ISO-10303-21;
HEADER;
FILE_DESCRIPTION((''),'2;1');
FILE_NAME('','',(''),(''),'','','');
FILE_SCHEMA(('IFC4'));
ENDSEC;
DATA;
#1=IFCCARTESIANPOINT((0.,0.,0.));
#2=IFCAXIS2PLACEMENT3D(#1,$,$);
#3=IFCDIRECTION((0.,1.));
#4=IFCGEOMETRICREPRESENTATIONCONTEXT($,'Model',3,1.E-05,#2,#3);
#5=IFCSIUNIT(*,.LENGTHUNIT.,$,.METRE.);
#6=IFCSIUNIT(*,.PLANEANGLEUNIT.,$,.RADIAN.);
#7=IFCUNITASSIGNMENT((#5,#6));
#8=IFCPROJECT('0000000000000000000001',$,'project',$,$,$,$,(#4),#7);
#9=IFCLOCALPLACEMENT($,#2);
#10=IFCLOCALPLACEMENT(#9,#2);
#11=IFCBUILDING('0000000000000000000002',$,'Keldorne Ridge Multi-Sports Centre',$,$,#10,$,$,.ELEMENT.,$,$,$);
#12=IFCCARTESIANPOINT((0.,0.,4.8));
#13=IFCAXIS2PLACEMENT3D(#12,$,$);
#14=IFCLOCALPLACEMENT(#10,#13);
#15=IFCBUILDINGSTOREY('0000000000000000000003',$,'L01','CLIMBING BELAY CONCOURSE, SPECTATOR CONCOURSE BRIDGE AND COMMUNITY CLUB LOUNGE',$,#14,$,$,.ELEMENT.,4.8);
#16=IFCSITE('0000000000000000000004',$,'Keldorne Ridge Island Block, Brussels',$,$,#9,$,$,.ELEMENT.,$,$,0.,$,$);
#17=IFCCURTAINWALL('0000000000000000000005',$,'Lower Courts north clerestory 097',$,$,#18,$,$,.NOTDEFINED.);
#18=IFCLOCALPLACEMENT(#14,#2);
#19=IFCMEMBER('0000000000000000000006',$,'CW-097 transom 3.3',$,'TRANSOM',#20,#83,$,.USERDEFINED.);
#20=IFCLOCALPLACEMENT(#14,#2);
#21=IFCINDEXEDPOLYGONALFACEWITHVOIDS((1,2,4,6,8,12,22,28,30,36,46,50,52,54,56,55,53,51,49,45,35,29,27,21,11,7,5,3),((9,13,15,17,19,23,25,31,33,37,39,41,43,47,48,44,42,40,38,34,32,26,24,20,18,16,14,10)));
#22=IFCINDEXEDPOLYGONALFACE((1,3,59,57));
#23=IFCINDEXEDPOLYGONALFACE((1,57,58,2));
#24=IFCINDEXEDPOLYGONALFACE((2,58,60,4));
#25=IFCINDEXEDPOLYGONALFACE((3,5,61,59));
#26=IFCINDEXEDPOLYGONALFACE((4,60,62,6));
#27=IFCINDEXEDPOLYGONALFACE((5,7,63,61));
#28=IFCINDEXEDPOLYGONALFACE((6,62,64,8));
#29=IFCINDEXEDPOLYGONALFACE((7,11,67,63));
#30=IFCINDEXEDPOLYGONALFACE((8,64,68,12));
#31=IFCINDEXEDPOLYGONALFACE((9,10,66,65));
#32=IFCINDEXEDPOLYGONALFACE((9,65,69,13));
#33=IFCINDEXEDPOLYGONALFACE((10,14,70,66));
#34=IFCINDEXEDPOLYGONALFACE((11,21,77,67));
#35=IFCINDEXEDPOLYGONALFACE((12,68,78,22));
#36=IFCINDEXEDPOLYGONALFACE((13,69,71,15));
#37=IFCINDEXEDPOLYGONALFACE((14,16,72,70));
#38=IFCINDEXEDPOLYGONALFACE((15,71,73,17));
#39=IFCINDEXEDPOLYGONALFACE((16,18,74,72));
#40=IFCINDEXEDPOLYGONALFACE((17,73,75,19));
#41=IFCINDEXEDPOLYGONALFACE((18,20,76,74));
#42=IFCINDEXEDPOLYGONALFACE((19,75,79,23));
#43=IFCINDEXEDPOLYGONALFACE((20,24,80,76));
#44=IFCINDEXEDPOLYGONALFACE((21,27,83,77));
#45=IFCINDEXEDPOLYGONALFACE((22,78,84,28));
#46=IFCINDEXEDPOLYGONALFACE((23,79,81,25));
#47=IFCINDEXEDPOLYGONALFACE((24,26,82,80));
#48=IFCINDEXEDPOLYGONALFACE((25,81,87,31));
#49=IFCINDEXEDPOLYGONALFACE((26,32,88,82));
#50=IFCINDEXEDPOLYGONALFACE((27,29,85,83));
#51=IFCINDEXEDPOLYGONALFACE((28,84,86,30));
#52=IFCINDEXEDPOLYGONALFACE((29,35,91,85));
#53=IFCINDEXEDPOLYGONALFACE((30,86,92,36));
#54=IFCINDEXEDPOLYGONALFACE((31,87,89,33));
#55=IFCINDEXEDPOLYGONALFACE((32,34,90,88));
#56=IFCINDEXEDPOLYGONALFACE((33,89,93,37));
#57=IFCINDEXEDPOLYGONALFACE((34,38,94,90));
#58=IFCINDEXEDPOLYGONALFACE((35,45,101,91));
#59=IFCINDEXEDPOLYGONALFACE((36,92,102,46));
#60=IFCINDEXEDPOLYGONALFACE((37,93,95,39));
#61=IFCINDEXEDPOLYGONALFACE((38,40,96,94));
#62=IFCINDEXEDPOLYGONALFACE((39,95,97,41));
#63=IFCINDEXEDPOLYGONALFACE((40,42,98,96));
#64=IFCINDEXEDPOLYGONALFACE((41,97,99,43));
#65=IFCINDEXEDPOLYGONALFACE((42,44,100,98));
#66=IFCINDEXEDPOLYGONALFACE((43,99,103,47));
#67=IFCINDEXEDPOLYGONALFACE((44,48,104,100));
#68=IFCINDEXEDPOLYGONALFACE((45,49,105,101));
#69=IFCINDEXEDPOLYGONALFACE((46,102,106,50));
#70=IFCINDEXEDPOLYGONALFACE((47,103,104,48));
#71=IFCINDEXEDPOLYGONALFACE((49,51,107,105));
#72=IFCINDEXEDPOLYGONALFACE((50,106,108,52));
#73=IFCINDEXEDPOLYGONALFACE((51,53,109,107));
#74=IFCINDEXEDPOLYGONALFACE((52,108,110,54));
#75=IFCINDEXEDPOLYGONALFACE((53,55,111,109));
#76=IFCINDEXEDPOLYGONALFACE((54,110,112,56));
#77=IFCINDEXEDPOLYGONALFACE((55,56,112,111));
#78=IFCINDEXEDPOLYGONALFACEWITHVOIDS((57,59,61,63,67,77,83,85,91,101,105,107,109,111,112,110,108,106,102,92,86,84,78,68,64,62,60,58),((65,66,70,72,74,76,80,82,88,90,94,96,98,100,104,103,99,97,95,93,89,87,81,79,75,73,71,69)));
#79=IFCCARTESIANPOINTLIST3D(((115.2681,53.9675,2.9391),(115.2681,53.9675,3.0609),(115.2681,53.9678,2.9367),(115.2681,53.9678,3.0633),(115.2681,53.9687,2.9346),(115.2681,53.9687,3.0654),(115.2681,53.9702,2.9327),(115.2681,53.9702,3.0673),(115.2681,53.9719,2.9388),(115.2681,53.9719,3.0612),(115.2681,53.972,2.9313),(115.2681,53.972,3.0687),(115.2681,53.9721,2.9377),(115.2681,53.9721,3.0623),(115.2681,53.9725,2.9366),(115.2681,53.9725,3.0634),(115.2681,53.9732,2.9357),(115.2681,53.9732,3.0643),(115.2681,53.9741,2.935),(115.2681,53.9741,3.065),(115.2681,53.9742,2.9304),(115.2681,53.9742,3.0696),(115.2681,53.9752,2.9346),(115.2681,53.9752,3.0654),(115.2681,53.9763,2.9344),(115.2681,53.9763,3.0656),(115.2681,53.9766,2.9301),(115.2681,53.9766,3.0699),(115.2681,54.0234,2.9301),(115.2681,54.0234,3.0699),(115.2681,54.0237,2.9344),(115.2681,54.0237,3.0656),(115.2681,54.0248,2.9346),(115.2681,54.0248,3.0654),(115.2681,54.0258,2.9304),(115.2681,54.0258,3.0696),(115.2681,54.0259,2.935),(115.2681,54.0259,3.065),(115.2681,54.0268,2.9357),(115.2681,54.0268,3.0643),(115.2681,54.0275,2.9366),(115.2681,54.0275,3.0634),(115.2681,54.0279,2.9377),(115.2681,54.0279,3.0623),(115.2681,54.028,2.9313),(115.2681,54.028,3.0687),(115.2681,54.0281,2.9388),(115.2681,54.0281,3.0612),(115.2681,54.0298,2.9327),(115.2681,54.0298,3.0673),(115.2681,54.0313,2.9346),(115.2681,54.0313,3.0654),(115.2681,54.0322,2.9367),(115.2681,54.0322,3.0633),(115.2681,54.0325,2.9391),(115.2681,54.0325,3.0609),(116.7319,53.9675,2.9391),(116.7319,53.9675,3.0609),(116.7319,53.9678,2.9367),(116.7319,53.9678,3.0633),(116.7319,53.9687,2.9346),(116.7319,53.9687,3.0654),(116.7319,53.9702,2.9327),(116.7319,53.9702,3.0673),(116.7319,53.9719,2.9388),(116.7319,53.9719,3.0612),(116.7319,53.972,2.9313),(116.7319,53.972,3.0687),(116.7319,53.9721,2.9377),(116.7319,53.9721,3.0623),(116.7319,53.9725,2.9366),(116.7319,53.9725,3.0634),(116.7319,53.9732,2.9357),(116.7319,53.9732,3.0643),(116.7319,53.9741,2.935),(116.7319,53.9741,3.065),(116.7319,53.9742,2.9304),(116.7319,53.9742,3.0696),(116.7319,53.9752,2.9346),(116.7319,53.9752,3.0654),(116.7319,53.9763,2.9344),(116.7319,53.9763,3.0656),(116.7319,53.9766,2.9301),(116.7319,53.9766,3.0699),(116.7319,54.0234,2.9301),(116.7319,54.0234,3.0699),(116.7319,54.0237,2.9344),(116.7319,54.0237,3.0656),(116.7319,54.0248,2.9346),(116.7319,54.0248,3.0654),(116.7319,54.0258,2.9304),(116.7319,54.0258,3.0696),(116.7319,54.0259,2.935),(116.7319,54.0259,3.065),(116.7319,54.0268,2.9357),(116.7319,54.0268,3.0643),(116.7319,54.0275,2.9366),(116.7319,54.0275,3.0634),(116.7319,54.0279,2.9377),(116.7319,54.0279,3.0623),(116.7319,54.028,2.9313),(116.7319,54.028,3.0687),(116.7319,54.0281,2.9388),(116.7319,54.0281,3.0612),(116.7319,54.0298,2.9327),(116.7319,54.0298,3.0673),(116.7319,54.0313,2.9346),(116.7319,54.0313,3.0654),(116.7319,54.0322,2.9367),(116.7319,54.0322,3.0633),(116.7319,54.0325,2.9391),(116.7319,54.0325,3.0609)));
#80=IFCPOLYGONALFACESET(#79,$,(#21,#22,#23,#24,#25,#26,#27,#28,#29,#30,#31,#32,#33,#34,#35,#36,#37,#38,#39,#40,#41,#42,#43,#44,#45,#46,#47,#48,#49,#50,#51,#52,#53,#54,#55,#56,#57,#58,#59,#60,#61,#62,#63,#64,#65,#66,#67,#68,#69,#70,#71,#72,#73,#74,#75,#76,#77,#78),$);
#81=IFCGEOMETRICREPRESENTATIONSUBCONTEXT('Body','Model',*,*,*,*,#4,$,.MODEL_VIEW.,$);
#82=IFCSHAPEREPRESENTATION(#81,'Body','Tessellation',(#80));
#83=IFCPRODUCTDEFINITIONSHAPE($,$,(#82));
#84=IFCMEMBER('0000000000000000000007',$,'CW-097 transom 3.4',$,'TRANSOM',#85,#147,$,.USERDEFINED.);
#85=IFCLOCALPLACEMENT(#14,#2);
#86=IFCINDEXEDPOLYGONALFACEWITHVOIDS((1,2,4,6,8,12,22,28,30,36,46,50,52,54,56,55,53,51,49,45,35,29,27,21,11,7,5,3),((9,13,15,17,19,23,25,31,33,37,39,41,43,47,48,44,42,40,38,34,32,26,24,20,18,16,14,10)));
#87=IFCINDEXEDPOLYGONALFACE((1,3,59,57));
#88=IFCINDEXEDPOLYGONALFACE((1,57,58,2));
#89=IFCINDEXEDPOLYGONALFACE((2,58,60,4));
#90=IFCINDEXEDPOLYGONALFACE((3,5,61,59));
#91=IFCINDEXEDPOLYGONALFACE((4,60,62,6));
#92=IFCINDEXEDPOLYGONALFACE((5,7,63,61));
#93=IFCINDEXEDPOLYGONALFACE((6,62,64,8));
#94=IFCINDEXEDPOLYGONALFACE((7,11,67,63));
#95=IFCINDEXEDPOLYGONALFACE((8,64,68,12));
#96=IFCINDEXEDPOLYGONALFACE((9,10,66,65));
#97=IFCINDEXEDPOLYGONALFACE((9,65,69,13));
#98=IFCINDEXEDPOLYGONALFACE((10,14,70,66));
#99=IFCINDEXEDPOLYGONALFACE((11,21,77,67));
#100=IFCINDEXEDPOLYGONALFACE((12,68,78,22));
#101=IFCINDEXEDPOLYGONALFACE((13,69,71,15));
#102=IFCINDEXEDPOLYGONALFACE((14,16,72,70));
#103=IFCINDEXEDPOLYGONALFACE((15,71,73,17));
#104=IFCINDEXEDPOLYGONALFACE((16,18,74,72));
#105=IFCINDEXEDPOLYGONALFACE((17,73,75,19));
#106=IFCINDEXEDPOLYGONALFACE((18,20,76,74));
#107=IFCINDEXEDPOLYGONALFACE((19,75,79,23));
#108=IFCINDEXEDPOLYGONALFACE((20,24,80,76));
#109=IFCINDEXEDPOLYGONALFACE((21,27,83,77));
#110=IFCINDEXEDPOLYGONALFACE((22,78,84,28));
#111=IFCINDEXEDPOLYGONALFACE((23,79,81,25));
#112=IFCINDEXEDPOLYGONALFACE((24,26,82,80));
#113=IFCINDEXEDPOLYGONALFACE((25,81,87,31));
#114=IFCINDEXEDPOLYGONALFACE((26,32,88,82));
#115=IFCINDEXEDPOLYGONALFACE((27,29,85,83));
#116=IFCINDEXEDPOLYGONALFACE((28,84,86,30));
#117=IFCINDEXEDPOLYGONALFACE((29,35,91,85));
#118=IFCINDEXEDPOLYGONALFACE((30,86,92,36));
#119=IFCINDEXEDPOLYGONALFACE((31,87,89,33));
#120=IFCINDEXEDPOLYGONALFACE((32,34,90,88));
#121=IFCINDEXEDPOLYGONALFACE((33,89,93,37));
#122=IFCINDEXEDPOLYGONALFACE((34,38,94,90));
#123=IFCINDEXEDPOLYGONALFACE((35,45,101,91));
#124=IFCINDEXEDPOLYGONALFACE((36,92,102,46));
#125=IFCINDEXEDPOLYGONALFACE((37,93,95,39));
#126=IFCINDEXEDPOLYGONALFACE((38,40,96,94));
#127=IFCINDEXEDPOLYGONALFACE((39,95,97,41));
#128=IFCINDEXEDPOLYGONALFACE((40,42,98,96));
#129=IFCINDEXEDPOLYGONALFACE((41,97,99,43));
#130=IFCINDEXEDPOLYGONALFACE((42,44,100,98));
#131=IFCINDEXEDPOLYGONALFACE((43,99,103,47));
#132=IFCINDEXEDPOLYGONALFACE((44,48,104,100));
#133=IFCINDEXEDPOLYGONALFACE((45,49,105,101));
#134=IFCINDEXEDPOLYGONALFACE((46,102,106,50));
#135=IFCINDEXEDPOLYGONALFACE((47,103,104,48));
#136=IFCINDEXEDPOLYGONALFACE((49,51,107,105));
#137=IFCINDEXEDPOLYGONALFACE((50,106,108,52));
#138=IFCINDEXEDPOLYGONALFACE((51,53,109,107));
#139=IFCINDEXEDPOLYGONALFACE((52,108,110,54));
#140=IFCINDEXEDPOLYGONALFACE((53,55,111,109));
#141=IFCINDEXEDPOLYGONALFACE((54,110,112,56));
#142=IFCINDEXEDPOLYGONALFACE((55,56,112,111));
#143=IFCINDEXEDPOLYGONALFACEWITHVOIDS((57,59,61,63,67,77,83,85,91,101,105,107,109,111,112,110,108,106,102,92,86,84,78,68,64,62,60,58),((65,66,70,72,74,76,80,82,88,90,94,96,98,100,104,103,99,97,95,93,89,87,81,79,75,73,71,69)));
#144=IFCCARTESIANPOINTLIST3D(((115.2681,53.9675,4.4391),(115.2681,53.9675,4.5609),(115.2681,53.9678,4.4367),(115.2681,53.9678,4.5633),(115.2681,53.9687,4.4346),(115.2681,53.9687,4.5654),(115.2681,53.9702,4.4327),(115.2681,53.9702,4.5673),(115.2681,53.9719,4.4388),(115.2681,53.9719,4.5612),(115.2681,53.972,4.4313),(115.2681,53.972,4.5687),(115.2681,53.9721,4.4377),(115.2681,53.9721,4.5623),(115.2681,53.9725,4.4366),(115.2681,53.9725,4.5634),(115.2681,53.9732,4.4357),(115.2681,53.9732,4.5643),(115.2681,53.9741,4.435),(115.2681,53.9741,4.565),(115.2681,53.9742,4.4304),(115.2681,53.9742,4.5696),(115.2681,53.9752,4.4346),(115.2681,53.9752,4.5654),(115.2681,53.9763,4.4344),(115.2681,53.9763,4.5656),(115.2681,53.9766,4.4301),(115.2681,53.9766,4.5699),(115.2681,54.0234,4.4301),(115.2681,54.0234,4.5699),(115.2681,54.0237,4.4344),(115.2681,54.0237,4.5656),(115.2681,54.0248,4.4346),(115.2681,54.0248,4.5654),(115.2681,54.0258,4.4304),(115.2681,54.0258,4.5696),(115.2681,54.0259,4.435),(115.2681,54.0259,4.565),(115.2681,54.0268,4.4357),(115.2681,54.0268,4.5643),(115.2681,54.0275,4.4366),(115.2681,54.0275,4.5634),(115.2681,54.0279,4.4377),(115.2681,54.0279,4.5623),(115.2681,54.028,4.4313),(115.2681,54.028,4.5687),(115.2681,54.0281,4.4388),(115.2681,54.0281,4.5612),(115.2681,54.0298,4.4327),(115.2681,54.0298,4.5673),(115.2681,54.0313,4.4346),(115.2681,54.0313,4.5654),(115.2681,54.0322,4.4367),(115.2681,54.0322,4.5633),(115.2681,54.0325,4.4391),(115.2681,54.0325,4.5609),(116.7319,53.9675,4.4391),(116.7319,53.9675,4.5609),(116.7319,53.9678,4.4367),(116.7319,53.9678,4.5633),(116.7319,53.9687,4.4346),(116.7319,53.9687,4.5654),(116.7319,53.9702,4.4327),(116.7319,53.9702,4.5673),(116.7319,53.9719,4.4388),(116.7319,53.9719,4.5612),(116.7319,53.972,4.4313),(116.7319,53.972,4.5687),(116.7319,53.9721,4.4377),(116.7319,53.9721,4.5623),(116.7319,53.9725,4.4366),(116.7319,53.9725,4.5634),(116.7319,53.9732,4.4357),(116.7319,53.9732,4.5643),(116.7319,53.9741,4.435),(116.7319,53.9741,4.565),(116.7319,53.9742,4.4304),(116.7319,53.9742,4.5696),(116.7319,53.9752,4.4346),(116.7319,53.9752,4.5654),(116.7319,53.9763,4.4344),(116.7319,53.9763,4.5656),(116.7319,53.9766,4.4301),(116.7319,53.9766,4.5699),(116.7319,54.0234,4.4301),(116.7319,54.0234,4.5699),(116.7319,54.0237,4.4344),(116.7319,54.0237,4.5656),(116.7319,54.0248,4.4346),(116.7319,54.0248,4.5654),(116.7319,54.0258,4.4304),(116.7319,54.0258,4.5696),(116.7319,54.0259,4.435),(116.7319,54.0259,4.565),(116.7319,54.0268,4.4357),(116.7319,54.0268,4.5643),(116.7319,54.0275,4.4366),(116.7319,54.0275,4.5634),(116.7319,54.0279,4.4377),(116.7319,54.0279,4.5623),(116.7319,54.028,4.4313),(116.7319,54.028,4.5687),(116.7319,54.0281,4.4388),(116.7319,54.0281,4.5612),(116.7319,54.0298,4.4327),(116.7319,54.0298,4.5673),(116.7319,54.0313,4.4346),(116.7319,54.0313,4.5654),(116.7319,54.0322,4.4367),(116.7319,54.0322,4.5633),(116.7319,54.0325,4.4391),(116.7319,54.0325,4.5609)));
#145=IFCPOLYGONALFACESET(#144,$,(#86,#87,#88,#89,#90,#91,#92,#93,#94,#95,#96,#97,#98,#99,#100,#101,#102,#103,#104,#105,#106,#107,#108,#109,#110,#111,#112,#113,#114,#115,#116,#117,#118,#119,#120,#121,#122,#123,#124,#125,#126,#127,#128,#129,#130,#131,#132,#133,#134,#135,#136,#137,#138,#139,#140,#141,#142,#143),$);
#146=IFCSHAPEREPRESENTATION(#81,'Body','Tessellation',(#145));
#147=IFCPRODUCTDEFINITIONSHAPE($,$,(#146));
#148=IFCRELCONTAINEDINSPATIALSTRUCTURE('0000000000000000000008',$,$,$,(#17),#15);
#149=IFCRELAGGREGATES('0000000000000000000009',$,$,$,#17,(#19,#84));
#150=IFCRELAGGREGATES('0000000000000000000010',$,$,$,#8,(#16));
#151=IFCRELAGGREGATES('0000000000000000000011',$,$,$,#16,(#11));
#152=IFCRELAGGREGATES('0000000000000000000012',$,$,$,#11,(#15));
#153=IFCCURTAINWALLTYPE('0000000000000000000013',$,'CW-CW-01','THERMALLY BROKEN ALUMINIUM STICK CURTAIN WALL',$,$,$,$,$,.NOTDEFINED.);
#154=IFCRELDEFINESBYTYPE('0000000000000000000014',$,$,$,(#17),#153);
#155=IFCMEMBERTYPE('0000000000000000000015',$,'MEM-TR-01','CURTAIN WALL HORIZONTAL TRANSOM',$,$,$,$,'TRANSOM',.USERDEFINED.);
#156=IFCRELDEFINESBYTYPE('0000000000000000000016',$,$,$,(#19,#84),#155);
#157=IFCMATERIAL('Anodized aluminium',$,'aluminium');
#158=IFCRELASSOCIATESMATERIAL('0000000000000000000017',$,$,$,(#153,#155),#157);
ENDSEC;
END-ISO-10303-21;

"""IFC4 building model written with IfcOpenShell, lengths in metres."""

from ifc_helpers import new_model, si_unit, direction, frame, origin, origin_2d, place, context, subcontext, project, spatial, hollow_rectangle, extrude, material, material_profile, profile_set, type_object, element, aggregate, save


model = new_model("IFC4")

# Units and contexts
model_context = context("Model", 3, precision=1e-05, world=origin(), true_north=direction((0.0, 1.0)))
body_context = subcontext(model_context, "Body", "Model", "MODEL_VIEW")
ifc_project = project(units=[si_unit("LENGTHUNIT", "METRE"), si_unit("PLANEANGLEUNIT", "RADIAN")], contexts=[model_context])

# Site, building, storey
site_placement = place(None, origin())
site = spatial("IfcSite", under=ifc_project, at=site_placement, Name="Keldorne Ridge Island Block, Brussels", CompositionType="ELEMENT", RefElevation=0.0)
building_placement = place(site_placement, origin())
building = spatial("IfcBuilding", under=site, at=building_placement, Name="Keldorne Ridge Multi-Sports Centre", CompositionType="ELEMENT")
storey_placement = place(building_placement, frame((0.0, 0.0, 4.8)))
storey = spatial("IfcBuildingStorey", under=building, at=storey_placement, Name="L01", Description="CLIMBING BELAY CONCOURSE, SPECTATOR CONCOURSE BRIDGE AND COMMUNITY CLUB LOUNGE", CompositionType="ELEMENT", Elevation=4.8)

# Curtain wall, members
ifc_material_1 = material(Name="Anodized aluminium", Category="aluminium")
curtain_wall_type = type_object("IfcCurtainWallType", Name="CW-CW-01", Description="THERMALLY BROKEN ALUMINIUM STICK CURTAIN WALL", PredefinedType="NOTDEFINED", material=ifc_material_1)
curtain_wall_placement = place(storey_placement, origin())
curtain_wall = element("IfcCurtainWall", 1, at=curtain_wall_placement, inside=storey, type_object=curtain_wall_type, Name="Lower Courts north clerestory 097", PredefinedType="NOTDEFINED")
ifc_material_profile_1 = material_profile(ifc_material_1, hollow_rectangle(XDim=0.0649, YDim=0.1399, WallThickness=0.0044, InnerFilletRadius=0.0044, OuterFilletRadius=0.009, at=origin_2d()), Name="ALU TRANSOM 140x65x4.5")
ifc_profile_set_1 = profile_set([ifc_material_profile_1], Name="Anodized aluminium")
member_type_1 = type_object("IfcMemberType", Name="MEM-TR-01", Description="CURTAIN WALL HORIZONTAL TRANSOM", ElementType="TRANSOM", PredefinedType="USERDEFINED", material=ifc_profile_set_1)
member_1_placement = place(storey_placement, frame((116.7319, 54.0, 3.0), z_axis=(-1.0, 0.0, 0.0), x_axis=(0.0, -1.0, 0.0)))
member_1 = element("IfcMember", 2, at=member_1_placement, type_object=member_type_1, Name="CW-097 transom 3.3", ObjectType="TRANSOM", PredefinedType="USERDEFINED", context=body_context, shape_type="SweptSolid", body=[
    extrude(hollow_rectangle(XDim=0.0649, YDim=0.1399, WallThickness=0.0044, InnerFilletRadius=0.0044, OuterFilletRadius=0.009, at=origin_2d()), origin(), (0.0, 0.0, 1.0), 1.4639),
])
member_2_placement = place(storey_placement, frame((116.7319, 54.0, 4.5), z_axis=(-1.0, 0.0, 0.0), x_axis=(0.0, -1.0, 0.0)))
member_2 = element("IfcMember", 3, at=member_2_placement, type_object=member_type_1, Name="CW-097 transom 3.4", ObjectType="TRANSOM", PredefinedType="USERDEFINED", context=body_context, shape_type="SweptSolid", body=[
    extrude(hollow_rectangle(XDim=0.0649, YDim=0.1399, WallThickness=0.0044, InnerFilletRadius=0.0044, OuterFilletRadius=0.009, at=origin_2d()), origin(), (0.0, 0.0, 1.0), 1.4639),
])
aggregate(curtain_wall, [member_1, member_2])

save(model, "model.ifc")
